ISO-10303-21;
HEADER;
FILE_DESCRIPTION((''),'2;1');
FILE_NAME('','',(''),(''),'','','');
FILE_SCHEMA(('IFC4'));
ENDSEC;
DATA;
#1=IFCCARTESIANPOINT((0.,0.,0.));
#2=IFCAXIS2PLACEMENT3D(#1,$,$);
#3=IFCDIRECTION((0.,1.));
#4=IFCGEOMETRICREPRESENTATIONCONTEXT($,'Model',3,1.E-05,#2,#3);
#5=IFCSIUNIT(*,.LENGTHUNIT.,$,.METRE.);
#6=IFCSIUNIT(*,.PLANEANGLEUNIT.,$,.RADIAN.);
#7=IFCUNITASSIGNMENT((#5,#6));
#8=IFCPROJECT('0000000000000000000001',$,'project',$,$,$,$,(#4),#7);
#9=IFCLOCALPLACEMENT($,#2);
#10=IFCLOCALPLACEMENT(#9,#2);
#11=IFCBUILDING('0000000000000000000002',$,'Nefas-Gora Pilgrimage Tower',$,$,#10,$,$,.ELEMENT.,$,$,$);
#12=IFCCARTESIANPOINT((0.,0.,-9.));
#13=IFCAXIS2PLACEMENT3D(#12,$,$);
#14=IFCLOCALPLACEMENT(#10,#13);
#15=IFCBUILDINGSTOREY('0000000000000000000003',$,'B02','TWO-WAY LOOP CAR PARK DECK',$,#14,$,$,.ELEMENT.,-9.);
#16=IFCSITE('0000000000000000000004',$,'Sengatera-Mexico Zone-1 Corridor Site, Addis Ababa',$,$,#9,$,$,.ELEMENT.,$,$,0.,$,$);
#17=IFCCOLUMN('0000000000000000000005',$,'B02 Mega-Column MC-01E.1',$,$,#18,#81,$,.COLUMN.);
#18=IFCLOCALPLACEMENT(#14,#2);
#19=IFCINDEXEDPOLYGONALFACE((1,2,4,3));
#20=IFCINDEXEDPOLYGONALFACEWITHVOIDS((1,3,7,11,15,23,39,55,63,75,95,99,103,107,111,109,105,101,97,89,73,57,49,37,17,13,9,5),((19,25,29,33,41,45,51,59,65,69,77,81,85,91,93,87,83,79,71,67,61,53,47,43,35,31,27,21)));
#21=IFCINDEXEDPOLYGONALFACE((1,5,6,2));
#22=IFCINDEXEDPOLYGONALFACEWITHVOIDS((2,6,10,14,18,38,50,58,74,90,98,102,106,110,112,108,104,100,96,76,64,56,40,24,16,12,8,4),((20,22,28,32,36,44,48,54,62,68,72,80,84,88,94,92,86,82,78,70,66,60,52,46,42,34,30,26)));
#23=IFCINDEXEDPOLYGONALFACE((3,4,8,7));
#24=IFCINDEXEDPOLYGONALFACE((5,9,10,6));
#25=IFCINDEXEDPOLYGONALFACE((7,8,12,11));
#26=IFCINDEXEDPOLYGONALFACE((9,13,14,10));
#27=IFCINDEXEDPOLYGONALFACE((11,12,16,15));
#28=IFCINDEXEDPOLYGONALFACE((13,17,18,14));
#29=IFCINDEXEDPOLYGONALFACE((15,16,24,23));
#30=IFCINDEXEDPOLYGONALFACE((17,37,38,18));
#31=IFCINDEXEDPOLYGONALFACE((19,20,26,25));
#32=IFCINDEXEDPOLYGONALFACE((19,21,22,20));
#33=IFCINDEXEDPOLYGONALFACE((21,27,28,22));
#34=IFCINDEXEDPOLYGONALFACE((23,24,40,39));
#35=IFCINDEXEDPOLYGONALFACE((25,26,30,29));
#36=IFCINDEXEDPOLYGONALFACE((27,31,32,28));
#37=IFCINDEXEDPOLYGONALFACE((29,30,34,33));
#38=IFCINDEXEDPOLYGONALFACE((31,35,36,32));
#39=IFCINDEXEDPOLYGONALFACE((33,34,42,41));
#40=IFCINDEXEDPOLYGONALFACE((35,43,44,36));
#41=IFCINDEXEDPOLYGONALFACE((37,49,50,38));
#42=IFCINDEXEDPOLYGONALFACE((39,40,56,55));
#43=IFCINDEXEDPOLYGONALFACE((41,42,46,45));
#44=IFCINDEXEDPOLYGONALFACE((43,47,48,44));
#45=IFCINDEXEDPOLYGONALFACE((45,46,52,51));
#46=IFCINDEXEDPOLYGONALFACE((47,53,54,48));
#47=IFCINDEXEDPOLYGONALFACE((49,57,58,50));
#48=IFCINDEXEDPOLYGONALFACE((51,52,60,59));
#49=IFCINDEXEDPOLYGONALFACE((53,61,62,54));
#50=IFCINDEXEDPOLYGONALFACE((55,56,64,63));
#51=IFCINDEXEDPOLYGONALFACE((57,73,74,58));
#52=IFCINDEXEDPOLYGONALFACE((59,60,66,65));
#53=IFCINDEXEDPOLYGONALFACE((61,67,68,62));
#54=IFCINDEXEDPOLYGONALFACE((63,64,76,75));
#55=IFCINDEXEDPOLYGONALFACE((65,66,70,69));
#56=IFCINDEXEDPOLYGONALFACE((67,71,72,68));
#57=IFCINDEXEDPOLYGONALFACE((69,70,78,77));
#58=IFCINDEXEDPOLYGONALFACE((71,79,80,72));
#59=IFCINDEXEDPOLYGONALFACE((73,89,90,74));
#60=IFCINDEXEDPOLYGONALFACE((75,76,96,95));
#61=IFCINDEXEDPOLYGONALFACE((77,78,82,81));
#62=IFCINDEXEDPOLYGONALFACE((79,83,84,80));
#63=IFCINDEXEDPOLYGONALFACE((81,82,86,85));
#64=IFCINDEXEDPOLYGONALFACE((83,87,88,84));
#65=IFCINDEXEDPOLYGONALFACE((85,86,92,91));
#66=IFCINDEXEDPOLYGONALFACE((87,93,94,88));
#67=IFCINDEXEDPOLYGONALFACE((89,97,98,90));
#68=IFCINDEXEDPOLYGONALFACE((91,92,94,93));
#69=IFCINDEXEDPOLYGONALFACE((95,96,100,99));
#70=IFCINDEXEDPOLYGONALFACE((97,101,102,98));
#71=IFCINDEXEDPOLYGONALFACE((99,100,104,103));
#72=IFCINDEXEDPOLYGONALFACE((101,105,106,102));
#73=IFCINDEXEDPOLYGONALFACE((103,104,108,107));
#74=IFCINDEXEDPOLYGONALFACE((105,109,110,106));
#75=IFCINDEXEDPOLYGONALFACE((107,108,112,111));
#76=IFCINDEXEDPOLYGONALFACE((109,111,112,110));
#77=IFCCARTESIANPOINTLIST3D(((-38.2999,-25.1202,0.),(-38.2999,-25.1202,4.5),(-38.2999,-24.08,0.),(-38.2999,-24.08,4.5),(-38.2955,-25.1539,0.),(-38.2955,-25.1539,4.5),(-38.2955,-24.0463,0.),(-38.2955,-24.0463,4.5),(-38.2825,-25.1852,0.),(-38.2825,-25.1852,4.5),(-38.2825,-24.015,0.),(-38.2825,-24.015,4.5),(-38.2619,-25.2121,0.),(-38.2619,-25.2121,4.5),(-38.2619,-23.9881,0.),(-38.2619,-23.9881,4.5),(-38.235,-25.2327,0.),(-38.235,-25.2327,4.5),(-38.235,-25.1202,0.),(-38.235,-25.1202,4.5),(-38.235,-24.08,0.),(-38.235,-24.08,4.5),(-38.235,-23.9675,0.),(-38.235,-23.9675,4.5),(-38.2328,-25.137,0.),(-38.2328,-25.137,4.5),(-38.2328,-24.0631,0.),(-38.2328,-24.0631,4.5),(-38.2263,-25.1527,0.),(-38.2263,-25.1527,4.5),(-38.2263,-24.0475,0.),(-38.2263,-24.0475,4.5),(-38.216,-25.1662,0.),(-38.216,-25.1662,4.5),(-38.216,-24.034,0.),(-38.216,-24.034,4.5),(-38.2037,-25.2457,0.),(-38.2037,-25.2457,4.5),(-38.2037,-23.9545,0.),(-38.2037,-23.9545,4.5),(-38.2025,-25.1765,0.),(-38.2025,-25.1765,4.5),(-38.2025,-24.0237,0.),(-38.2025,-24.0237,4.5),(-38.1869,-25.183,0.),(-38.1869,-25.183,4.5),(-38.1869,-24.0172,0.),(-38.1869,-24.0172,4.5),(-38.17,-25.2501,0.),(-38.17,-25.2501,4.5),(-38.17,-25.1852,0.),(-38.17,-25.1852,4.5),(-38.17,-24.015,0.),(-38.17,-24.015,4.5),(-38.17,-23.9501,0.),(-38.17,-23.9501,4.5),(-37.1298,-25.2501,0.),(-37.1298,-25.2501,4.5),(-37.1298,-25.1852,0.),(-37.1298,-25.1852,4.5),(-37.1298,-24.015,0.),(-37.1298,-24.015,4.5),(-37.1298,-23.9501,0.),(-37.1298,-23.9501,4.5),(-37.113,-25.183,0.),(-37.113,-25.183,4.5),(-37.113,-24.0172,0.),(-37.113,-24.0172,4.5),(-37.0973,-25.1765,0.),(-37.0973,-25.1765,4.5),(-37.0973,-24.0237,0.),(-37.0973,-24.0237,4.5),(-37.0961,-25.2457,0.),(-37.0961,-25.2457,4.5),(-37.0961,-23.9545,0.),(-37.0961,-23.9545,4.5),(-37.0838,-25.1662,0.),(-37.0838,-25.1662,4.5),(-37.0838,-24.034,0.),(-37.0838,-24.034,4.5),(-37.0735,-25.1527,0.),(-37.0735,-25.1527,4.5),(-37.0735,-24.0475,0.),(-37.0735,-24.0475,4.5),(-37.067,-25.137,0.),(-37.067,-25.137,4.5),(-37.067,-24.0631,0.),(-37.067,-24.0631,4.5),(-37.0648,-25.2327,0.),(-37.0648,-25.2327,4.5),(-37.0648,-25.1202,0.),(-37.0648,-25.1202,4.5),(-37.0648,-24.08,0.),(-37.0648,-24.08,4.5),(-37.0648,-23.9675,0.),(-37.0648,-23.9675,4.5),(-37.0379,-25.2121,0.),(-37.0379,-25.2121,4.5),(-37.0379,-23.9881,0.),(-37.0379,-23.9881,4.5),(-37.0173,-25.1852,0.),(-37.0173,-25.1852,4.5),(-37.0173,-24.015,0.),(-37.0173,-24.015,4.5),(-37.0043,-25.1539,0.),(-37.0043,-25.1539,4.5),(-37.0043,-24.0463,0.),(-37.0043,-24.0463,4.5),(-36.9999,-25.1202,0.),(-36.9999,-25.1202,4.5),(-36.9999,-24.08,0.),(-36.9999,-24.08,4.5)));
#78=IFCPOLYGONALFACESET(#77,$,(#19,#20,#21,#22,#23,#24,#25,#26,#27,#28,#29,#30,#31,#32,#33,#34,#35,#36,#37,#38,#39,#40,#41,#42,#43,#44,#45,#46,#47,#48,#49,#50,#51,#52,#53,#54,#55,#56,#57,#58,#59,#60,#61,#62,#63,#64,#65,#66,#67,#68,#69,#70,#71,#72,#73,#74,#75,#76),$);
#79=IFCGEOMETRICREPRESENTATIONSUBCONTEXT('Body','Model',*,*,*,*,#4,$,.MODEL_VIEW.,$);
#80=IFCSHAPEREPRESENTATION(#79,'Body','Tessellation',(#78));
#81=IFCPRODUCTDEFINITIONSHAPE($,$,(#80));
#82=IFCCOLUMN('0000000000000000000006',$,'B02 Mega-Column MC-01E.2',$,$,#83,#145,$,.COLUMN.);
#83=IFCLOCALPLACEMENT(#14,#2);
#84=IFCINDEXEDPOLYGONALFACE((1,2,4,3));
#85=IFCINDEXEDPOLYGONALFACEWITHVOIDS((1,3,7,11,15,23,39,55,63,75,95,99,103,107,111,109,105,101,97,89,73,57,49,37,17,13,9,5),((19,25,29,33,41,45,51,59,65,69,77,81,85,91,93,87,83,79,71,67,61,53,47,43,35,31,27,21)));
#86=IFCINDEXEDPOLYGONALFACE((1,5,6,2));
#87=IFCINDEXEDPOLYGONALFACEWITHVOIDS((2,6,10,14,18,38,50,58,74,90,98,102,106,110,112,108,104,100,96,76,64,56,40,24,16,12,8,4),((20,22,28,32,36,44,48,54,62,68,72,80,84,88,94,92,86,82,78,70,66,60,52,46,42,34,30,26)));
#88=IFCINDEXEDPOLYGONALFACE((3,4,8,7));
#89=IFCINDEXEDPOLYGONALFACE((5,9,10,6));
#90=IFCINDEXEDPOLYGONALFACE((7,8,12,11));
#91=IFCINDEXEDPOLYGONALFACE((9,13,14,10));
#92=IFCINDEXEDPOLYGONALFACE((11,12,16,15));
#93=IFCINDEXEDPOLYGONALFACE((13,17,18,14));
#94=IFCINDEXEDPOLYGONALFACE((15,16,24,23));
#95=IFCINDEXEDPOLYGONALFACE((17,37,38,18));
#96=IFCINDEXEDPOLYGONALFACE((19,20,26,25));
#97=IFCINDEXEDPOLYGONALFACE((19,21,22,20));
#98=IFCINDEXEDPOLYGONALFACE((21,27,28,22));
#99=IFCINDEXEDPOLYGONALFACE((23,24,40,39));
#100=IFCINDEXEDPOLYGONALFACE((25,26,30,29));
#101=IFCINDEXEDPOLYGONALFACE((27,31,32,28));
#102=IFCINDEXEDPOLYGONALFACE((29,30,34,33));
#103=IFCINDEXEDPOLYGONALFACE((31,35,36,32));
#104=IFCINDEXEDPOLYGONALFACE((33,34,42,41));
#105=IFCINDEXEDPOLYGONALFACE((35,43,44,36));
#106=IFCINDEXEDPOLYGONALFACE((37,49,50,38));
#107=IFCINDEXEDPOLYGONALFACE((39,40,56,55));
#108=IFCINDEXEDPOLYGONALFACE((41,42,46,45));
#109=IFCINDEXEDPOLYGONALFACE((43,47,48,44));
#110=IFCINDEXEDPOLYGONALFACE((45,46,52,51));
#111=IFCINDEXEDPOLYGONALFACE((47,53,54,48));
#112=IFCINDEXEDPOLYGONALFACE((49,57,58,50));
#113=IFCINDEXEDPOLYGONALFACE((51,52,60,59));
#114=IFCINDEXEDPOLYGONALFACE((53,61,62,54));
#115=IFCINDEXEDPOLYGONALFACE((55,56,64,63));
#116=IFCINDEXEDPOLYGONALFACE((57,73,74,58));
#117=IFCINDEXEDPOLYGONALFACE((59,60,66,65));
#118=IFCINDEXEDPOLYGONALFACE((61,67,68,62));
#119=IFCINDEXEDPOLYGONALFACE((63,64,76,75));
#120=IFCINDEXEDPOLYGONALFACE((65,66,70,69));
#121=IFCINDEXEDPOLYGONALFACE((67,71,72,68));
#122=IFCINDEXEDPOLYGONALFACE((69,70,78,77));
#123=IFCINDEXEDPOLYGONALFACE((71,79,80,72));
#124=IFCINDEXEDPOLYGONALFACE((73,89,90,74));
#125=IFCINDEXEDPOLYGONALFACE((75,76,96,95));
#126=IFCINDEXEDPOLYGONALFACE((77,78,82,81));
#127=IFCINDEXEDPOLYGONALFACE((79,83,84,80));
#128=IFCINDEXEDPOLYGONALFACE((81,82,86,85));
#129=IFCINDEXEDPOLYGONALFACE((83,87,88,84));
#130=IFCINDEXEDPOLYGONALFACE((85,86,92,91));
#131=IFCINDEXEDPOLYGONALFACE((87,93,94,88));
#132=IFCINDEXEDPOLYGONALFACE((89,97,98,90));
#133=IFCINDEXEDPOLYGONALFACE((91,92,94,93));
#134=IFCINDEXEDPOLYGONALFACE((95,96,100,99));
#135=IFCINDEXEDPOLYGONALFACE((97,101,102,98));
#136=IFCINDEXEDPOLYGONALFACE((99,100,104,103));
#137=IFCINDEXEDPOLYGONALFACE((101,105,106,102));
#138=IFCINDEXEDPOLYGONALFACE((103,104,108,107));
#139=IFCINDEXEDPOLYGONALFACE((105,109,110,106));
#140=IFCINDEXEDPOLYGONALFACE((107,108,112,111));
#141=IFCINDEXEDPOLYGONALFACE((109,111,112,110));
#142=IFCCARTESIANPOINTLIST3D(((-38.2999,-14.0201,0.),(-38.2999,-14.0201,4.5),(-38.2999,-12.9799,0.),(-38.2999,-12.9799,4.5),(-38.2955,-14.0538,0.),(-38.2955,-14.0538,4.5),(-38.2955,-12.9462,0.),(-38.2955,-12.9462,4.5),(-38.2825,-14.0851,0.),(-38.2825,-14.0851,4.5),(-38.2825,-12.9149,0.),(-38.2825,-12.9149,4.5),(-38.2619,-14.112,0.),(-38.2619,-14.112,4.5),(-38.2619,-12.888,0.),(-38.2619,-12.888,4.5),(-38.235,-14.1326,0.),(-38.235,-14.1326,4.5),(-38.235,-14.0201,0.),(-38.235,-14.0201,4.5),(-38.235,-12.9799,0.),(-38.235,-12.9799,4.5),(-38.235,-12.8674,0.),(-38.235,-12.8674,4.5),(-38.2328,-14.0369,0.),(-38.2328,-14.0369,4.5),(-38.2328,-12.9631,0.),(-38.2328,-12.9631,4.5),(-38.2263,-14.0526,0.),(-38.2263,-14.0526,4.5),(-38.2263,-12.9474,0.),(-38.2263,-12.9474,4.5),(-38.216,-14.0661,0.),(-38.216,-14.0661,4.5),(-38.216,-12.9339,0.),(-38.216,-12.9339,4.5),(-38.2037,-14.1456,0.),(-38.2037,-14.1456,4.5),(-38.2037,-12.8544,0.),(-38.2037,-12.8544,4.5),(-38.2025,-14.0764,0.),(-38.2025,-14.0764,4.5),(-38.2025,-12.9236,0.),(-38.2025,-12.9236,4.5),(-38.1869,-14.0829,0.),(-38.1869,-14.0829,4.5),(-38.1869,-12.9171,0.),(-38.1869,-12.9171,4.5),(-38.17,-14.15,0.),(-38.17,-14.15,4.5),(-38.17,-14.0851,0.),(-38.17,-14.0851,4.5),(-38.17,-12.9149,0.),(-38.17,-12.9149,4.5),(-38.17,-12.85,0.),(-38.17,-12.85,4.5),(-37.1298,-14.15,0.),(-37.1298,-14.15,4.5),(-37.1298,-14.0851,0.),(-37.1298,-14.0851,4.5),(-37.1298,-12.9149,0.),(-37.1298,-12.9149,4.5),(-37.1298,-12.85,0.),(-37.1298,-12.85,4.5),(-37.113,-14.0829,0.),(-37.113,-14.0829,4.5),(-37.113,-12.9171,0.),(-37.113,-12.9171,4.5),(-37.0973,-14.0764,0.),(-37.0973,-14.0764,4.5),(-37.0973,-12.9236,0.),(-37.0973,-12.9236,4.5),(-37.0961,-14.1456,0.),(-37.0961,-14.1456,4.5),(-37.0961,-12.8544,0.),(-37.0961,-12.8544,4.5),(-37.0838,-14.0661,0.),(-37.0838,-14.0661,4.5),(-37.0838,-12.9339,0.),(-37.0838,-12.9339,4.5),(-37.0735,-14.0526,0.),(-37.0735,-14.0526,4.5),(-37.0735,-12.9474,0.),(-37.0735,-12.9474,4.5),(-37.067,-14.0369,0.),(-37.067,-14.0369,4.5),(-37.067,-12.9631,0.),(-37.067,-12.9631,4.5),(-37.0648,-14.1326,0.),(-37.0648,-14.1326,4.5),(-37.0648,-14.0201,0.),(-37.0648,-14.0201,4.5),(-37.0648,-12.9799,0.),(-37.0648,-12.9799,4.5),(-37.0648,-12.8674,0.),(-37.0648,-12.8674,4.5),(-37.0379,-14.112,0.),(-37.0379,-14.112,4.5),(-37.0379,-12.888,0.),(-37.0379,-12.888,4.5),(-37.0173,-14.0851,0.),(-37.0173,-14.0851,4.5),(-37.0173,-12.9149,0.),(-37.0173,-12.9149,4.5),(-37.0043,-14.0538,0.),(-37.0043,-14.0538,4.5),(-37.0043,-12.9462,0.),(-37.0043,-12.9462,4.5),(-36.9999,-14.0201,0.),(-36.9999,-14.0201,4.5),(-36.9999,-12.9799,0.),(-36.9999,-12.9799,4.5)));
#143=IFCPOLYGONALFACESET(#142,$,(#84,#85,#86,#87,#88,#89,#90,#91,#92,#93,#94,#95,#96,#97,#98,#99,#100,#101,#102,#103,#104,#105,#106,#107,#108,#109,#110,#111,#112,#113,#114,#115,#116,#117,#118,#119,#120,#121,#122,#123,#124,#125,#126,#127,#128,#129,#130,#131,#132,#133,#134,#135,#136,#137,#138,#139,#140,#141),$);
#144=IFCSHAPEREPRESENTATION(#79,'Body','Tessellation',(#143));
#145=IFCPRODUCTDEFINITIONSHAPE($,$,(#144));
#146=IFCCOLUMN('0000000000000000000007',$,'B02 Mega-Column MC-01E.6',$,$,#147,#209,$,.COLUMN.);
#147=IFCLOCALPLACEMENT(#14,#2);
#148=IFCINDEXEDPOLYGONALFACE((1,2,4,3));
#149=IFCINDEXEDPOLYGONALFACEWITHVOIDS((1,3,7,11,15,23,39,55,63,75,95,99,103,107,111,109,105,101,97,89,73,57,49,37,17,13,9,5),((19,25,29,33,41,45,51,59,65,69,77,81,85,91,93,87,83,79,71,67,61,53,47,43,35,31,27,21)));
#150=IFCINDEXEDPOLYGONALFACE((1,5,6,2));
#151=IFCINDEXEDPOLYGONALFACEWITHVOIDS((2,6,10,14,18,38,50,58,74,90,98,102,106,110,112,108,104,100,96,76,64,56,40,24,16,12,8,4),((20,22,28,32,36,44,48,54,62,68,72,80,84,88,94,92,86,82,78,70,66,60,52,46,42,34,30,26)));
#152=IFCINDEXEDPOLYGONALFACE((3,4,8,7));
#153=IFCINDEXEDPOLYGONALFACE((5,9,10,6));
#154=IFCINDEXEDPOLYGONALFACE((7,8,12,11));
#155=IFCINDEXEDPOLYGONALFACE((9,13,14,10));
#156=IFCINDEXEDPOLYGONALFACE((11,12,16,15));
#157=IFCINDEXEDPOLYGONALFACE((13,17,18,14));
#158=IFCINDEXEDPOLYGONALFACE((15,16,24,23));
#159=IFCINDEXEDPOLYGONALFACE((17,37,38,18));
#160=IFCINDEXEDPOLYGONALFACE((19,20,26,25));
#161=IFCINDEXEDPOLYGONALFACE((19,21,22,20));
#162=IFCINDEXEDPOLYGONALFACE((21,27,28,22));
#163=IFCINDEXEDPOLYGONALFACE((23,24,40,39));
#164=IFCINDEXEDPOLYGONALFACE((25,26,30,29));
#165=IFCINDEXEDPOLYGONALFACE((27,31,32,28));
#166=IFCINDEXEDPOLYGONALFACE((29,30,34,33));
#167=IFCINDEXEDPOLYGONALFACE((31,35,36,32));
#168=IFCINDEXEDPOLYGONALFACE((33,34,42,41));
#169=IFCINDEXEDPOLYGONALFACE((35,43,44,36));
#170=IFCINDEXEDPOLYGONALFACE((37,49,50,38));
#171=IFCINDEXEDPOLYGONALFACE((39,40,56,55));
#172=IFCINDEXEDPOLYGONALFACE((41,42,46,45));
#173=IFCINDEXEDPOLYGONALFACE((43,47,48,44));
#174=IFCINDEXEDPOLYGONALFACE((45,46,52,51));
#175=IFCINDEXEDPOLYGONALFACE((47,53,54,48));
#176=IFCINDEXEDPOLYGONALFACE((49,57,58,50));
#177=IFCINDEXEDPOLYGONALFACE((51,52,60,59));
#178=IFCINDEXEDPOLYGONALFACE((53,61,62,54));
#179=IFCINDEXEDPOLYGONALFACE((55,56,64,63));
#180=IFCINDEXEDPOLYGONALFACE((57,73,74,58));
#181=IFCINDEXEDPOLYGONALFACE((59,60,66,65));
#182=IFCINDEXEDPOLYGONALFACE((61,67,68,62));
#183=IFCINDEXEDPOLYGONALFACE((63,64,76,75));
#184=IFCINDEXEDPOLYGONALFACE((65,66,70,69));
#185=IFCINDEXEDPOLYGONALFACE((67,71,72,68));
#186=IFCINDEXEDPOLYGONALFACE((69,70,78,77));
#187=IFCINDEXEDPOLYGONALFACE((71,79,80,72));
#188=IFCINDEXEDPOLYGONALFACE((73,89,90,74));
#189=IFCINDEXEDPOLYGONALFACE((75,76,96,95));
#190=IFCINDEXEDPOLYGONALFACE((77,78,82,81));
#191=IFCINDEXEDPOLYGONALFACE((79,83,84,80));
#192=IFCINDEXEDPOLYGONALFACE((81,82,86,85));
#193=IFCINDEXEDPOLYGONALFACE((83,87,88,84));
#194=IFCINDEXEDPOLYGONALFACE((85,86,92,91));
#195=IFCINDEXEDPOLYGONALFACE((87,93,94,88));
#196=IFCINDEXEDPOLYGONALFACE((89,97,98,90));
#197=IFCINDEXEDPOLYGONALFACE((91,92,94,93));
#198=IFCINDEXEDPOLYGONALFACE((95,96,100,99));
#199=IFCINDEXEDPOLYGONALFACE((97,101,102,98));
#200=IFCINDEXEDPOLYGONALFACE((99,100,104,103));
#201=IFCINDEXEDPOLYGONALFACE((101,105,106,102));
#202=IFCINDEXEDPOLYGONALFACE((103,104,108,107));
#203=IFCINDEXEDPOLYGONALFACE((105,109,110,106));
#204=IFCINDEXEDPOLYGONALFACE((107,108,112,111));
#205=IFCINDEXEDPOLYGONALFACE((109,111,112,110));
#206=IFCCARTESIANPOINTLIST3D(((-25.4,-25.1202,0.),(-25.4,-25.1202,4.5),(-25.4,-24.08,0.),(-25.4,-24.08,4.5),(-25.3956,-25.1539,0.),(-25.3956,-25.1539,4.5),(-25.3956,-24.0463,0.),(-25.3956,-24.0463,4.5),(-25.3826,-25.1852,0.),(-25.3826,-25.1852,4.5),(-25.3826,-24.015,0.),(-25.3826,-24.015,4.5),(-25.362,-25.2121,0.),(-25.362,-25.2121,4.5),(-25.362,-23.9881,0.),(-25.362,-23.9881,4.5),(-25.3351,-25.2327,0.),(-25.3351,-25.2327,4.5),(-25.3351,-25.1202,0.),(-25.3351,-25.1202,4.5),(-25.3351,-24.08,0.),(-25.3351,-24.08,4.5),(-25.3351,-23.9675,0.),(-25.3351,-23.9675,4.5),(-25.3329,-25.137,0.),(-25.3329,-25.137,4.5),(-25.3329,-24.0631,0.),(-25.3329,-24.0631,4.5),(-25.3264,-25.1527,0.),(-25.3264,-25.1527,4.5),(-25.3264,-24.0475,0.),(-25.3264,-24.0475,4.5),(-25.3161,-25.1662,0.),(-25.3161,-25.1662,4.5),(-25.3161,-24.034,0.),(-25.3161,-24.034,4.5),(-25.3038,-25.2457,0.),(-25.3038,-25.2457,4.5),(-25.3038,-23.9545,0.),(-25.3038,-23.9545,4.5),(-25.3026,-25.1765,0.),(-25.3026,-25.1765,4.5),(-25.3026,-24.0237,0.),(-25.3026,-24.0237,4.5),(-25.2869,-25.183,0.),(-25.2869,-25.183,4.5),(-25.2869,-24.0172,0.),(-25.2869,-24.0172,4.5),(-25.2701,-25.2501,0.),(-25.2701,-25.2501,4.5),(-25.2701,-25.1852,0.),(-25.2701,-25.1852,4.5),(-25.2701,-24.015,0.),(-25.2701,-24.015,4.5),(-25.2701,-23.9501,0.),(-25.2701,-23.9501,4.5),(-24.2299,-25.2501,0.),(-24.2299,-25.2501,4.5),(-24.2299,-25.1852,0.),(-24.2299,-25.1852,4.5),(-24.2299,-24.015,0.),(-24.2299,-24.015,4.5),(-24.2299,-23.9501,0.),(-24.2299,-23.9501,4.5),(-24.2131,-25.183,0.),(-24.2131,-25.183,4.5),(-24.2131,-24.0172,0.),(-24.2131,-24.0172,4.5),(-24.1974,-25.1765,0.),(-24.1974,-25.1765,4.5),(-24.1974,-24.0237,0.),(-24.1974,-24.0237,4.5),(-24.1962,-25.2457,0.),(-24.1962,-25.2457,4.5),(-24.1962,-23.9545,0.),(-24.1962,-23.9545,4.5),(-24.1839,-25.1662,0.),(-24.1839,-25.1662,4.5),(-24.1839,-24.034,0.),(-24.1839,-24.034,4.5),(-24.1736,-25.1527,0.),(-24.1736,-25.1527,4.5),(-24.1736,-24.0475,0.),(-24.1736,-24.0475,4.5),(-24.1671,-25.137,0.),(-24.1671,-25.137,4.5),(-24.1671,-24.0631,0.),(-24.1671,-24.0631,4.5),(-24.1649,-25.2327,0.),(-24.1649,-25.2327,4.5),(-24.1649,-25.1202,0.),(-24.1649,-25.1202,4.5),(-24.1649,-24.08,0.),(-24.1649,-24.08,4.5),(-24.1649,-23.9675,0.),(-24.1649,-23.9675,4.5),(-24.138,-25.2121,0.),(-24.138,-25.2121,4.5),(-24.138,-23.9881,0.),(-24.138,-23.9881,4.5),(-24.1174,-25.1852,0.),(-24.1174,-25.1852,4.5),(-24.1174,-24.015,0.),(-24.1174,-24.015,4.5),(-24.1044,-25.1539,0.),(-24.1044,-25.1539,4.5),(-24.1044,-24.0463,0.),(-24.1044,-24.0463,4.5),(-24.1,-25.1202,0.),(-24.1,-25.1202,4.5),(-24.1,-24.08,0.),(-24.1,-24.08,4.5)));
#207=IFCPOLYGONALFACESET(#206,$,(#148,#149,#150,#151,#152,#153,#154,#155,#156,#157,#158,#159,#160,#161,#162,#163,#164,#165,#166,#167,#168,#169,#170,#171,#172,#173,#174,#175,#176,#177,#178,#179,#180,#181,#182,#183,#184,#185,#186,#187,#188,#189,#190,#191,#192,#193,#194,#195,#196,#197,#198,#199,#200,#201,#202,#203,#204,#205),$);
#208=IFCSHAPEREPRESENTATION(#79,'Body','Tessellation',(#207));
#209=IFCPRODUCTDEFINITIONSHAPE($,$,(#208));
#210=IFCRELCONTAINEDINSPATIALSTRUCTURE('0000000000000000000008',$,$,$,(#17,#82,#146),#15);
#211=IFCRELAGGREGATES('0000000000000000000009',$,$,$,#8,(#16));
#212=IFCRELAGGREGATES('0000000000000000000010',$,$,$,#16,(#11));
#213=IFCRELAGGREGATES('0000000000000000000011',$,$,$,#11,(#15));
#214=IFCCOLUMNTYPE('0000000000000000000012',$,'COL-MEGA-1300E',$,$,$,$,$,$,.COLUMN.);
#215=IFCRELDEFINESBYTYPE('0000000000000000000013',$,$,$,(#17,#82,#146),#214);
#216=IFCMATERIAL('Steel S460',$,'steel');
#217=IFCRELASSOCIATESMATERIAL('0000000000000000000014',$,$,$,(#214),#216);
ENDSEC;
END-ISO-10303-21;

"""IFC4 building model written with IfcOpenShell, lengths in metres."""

from ifc_helpers import new_model, si_unit, direction, frame, origin, origin_2d, place, context, subcontext, project, spatial, hollow_rectangle, extrude, source, transform, mapped, material, material_profile, profile_set, type_object, element, save


model = new_model("IFC4")

# Units and contexts
model_context = context("Model", 3, precision=1e-05, world=origin(), true_north=direction((0.0, 1.0)))
body_context = subcontext(model_context, "Body", "Model", "MODEL_VIEW")
ifc_project = project(units=[si_unit("LENGTHUNIT", "METRE"), si_unit("PLANEANGLEUNIT", "RADIAN")], contexts=[model_context])

# Site, building, storey
site_placement = place(None, origin())
site = spatial("IfcSite", under=ifc_project, at=site_placement, Name="Sengatera-Mexico Zone-1 Corridor Site, Addis Ababa", CompositionType="ELEMENT", RefElevation=0.0)
building_placement = place(site_placement, origin())
building = spatial("IfcBuilding", under=site, at=building_placement, Name="Nefas-Gora Pilgrimage Tower", CompositionType="ELEMENT")
storey_placement = place(building_placement, frame((0.0, 0.0, -9.0)))
storey = spatial("IfcBuildingStorey", under=building, at=storey_placement, Name="B02", Description="TWO-WAY LOOP CAR PARK DECK", CompositionType="ELEMENT", Elevation=-9.0)

# Columns
ifc_material_1 = material(Name="Steel S460", Category="steel")
ifc_material_profile_1 = material_profile(ifc_material_1, hollow_rectangle(XDim=1.3, YDim=1.3, WallThickness=0.0649, InnerFilletRadius=0.0649, OuterFilletRadius=0.1299, at=origin_2d()), Name="BOX 1300x1300x65")
ifc_profile_set_1 = profile_set([ifc_material_profile_1], Name="Steel S460")
column_type = type_object("IfcColumnType", Name="COL-MEGA-1300E", PredefinedType="COLUMN", material=ifc_profile_set_1)
shared_shape_1 = source(origin(), body_context, "Body", "SweptSolid", [
    extrude(hollow_rectangle(XDim=1.3, YDim=1.3, WallThickness=0.0649, InnerFilletRadius=0.0649, OuterFilletRadius=0.1299, at=origin_2d()), origin(), (0.0, 0.0, 1.0), 4.5),
])
for number, where, z_axis, x_axis, name in (
    (1, (-37.6499, -24.6001, 0.0), (0.0, 0.0, 1.0), (1.0, 0.0, 0.0), "B02 Mega-Column MC-01E.1"),
    (2, (-37.6499, -13.5, 0.0), (0.0, 0.0, 1.0), (1.0, 0.0, 0.0), "B02 Mega-Column MC-01E.2"),
    (3, (-24.75, -24.6001, 0.0), (0.0, 0.0, 1.0), (1.0, 0.0, 0.0), "B02 Mega-Column MC-01E.6"),
):
    element("IfcColumn", number, at=place(storey_placement, frame(where, z_axis=z_axis, x_axis=x_axis)), inside=storey, type_object=column_type, Name=name, PredefinedType="COLUMN", context=body_context, shape_type="MappedRepresentation", body=[
        mapped(shared_shape_1, transform((0.0, 0.0, 0.0), x_axis=(1.0, 0.0, 0.0), y_axis=(0.0, 1.0, 0.0), z_axis=(0.0, 0.0, 1.0), scale=1.0)),
    ])

save(model, "model.ifc")
